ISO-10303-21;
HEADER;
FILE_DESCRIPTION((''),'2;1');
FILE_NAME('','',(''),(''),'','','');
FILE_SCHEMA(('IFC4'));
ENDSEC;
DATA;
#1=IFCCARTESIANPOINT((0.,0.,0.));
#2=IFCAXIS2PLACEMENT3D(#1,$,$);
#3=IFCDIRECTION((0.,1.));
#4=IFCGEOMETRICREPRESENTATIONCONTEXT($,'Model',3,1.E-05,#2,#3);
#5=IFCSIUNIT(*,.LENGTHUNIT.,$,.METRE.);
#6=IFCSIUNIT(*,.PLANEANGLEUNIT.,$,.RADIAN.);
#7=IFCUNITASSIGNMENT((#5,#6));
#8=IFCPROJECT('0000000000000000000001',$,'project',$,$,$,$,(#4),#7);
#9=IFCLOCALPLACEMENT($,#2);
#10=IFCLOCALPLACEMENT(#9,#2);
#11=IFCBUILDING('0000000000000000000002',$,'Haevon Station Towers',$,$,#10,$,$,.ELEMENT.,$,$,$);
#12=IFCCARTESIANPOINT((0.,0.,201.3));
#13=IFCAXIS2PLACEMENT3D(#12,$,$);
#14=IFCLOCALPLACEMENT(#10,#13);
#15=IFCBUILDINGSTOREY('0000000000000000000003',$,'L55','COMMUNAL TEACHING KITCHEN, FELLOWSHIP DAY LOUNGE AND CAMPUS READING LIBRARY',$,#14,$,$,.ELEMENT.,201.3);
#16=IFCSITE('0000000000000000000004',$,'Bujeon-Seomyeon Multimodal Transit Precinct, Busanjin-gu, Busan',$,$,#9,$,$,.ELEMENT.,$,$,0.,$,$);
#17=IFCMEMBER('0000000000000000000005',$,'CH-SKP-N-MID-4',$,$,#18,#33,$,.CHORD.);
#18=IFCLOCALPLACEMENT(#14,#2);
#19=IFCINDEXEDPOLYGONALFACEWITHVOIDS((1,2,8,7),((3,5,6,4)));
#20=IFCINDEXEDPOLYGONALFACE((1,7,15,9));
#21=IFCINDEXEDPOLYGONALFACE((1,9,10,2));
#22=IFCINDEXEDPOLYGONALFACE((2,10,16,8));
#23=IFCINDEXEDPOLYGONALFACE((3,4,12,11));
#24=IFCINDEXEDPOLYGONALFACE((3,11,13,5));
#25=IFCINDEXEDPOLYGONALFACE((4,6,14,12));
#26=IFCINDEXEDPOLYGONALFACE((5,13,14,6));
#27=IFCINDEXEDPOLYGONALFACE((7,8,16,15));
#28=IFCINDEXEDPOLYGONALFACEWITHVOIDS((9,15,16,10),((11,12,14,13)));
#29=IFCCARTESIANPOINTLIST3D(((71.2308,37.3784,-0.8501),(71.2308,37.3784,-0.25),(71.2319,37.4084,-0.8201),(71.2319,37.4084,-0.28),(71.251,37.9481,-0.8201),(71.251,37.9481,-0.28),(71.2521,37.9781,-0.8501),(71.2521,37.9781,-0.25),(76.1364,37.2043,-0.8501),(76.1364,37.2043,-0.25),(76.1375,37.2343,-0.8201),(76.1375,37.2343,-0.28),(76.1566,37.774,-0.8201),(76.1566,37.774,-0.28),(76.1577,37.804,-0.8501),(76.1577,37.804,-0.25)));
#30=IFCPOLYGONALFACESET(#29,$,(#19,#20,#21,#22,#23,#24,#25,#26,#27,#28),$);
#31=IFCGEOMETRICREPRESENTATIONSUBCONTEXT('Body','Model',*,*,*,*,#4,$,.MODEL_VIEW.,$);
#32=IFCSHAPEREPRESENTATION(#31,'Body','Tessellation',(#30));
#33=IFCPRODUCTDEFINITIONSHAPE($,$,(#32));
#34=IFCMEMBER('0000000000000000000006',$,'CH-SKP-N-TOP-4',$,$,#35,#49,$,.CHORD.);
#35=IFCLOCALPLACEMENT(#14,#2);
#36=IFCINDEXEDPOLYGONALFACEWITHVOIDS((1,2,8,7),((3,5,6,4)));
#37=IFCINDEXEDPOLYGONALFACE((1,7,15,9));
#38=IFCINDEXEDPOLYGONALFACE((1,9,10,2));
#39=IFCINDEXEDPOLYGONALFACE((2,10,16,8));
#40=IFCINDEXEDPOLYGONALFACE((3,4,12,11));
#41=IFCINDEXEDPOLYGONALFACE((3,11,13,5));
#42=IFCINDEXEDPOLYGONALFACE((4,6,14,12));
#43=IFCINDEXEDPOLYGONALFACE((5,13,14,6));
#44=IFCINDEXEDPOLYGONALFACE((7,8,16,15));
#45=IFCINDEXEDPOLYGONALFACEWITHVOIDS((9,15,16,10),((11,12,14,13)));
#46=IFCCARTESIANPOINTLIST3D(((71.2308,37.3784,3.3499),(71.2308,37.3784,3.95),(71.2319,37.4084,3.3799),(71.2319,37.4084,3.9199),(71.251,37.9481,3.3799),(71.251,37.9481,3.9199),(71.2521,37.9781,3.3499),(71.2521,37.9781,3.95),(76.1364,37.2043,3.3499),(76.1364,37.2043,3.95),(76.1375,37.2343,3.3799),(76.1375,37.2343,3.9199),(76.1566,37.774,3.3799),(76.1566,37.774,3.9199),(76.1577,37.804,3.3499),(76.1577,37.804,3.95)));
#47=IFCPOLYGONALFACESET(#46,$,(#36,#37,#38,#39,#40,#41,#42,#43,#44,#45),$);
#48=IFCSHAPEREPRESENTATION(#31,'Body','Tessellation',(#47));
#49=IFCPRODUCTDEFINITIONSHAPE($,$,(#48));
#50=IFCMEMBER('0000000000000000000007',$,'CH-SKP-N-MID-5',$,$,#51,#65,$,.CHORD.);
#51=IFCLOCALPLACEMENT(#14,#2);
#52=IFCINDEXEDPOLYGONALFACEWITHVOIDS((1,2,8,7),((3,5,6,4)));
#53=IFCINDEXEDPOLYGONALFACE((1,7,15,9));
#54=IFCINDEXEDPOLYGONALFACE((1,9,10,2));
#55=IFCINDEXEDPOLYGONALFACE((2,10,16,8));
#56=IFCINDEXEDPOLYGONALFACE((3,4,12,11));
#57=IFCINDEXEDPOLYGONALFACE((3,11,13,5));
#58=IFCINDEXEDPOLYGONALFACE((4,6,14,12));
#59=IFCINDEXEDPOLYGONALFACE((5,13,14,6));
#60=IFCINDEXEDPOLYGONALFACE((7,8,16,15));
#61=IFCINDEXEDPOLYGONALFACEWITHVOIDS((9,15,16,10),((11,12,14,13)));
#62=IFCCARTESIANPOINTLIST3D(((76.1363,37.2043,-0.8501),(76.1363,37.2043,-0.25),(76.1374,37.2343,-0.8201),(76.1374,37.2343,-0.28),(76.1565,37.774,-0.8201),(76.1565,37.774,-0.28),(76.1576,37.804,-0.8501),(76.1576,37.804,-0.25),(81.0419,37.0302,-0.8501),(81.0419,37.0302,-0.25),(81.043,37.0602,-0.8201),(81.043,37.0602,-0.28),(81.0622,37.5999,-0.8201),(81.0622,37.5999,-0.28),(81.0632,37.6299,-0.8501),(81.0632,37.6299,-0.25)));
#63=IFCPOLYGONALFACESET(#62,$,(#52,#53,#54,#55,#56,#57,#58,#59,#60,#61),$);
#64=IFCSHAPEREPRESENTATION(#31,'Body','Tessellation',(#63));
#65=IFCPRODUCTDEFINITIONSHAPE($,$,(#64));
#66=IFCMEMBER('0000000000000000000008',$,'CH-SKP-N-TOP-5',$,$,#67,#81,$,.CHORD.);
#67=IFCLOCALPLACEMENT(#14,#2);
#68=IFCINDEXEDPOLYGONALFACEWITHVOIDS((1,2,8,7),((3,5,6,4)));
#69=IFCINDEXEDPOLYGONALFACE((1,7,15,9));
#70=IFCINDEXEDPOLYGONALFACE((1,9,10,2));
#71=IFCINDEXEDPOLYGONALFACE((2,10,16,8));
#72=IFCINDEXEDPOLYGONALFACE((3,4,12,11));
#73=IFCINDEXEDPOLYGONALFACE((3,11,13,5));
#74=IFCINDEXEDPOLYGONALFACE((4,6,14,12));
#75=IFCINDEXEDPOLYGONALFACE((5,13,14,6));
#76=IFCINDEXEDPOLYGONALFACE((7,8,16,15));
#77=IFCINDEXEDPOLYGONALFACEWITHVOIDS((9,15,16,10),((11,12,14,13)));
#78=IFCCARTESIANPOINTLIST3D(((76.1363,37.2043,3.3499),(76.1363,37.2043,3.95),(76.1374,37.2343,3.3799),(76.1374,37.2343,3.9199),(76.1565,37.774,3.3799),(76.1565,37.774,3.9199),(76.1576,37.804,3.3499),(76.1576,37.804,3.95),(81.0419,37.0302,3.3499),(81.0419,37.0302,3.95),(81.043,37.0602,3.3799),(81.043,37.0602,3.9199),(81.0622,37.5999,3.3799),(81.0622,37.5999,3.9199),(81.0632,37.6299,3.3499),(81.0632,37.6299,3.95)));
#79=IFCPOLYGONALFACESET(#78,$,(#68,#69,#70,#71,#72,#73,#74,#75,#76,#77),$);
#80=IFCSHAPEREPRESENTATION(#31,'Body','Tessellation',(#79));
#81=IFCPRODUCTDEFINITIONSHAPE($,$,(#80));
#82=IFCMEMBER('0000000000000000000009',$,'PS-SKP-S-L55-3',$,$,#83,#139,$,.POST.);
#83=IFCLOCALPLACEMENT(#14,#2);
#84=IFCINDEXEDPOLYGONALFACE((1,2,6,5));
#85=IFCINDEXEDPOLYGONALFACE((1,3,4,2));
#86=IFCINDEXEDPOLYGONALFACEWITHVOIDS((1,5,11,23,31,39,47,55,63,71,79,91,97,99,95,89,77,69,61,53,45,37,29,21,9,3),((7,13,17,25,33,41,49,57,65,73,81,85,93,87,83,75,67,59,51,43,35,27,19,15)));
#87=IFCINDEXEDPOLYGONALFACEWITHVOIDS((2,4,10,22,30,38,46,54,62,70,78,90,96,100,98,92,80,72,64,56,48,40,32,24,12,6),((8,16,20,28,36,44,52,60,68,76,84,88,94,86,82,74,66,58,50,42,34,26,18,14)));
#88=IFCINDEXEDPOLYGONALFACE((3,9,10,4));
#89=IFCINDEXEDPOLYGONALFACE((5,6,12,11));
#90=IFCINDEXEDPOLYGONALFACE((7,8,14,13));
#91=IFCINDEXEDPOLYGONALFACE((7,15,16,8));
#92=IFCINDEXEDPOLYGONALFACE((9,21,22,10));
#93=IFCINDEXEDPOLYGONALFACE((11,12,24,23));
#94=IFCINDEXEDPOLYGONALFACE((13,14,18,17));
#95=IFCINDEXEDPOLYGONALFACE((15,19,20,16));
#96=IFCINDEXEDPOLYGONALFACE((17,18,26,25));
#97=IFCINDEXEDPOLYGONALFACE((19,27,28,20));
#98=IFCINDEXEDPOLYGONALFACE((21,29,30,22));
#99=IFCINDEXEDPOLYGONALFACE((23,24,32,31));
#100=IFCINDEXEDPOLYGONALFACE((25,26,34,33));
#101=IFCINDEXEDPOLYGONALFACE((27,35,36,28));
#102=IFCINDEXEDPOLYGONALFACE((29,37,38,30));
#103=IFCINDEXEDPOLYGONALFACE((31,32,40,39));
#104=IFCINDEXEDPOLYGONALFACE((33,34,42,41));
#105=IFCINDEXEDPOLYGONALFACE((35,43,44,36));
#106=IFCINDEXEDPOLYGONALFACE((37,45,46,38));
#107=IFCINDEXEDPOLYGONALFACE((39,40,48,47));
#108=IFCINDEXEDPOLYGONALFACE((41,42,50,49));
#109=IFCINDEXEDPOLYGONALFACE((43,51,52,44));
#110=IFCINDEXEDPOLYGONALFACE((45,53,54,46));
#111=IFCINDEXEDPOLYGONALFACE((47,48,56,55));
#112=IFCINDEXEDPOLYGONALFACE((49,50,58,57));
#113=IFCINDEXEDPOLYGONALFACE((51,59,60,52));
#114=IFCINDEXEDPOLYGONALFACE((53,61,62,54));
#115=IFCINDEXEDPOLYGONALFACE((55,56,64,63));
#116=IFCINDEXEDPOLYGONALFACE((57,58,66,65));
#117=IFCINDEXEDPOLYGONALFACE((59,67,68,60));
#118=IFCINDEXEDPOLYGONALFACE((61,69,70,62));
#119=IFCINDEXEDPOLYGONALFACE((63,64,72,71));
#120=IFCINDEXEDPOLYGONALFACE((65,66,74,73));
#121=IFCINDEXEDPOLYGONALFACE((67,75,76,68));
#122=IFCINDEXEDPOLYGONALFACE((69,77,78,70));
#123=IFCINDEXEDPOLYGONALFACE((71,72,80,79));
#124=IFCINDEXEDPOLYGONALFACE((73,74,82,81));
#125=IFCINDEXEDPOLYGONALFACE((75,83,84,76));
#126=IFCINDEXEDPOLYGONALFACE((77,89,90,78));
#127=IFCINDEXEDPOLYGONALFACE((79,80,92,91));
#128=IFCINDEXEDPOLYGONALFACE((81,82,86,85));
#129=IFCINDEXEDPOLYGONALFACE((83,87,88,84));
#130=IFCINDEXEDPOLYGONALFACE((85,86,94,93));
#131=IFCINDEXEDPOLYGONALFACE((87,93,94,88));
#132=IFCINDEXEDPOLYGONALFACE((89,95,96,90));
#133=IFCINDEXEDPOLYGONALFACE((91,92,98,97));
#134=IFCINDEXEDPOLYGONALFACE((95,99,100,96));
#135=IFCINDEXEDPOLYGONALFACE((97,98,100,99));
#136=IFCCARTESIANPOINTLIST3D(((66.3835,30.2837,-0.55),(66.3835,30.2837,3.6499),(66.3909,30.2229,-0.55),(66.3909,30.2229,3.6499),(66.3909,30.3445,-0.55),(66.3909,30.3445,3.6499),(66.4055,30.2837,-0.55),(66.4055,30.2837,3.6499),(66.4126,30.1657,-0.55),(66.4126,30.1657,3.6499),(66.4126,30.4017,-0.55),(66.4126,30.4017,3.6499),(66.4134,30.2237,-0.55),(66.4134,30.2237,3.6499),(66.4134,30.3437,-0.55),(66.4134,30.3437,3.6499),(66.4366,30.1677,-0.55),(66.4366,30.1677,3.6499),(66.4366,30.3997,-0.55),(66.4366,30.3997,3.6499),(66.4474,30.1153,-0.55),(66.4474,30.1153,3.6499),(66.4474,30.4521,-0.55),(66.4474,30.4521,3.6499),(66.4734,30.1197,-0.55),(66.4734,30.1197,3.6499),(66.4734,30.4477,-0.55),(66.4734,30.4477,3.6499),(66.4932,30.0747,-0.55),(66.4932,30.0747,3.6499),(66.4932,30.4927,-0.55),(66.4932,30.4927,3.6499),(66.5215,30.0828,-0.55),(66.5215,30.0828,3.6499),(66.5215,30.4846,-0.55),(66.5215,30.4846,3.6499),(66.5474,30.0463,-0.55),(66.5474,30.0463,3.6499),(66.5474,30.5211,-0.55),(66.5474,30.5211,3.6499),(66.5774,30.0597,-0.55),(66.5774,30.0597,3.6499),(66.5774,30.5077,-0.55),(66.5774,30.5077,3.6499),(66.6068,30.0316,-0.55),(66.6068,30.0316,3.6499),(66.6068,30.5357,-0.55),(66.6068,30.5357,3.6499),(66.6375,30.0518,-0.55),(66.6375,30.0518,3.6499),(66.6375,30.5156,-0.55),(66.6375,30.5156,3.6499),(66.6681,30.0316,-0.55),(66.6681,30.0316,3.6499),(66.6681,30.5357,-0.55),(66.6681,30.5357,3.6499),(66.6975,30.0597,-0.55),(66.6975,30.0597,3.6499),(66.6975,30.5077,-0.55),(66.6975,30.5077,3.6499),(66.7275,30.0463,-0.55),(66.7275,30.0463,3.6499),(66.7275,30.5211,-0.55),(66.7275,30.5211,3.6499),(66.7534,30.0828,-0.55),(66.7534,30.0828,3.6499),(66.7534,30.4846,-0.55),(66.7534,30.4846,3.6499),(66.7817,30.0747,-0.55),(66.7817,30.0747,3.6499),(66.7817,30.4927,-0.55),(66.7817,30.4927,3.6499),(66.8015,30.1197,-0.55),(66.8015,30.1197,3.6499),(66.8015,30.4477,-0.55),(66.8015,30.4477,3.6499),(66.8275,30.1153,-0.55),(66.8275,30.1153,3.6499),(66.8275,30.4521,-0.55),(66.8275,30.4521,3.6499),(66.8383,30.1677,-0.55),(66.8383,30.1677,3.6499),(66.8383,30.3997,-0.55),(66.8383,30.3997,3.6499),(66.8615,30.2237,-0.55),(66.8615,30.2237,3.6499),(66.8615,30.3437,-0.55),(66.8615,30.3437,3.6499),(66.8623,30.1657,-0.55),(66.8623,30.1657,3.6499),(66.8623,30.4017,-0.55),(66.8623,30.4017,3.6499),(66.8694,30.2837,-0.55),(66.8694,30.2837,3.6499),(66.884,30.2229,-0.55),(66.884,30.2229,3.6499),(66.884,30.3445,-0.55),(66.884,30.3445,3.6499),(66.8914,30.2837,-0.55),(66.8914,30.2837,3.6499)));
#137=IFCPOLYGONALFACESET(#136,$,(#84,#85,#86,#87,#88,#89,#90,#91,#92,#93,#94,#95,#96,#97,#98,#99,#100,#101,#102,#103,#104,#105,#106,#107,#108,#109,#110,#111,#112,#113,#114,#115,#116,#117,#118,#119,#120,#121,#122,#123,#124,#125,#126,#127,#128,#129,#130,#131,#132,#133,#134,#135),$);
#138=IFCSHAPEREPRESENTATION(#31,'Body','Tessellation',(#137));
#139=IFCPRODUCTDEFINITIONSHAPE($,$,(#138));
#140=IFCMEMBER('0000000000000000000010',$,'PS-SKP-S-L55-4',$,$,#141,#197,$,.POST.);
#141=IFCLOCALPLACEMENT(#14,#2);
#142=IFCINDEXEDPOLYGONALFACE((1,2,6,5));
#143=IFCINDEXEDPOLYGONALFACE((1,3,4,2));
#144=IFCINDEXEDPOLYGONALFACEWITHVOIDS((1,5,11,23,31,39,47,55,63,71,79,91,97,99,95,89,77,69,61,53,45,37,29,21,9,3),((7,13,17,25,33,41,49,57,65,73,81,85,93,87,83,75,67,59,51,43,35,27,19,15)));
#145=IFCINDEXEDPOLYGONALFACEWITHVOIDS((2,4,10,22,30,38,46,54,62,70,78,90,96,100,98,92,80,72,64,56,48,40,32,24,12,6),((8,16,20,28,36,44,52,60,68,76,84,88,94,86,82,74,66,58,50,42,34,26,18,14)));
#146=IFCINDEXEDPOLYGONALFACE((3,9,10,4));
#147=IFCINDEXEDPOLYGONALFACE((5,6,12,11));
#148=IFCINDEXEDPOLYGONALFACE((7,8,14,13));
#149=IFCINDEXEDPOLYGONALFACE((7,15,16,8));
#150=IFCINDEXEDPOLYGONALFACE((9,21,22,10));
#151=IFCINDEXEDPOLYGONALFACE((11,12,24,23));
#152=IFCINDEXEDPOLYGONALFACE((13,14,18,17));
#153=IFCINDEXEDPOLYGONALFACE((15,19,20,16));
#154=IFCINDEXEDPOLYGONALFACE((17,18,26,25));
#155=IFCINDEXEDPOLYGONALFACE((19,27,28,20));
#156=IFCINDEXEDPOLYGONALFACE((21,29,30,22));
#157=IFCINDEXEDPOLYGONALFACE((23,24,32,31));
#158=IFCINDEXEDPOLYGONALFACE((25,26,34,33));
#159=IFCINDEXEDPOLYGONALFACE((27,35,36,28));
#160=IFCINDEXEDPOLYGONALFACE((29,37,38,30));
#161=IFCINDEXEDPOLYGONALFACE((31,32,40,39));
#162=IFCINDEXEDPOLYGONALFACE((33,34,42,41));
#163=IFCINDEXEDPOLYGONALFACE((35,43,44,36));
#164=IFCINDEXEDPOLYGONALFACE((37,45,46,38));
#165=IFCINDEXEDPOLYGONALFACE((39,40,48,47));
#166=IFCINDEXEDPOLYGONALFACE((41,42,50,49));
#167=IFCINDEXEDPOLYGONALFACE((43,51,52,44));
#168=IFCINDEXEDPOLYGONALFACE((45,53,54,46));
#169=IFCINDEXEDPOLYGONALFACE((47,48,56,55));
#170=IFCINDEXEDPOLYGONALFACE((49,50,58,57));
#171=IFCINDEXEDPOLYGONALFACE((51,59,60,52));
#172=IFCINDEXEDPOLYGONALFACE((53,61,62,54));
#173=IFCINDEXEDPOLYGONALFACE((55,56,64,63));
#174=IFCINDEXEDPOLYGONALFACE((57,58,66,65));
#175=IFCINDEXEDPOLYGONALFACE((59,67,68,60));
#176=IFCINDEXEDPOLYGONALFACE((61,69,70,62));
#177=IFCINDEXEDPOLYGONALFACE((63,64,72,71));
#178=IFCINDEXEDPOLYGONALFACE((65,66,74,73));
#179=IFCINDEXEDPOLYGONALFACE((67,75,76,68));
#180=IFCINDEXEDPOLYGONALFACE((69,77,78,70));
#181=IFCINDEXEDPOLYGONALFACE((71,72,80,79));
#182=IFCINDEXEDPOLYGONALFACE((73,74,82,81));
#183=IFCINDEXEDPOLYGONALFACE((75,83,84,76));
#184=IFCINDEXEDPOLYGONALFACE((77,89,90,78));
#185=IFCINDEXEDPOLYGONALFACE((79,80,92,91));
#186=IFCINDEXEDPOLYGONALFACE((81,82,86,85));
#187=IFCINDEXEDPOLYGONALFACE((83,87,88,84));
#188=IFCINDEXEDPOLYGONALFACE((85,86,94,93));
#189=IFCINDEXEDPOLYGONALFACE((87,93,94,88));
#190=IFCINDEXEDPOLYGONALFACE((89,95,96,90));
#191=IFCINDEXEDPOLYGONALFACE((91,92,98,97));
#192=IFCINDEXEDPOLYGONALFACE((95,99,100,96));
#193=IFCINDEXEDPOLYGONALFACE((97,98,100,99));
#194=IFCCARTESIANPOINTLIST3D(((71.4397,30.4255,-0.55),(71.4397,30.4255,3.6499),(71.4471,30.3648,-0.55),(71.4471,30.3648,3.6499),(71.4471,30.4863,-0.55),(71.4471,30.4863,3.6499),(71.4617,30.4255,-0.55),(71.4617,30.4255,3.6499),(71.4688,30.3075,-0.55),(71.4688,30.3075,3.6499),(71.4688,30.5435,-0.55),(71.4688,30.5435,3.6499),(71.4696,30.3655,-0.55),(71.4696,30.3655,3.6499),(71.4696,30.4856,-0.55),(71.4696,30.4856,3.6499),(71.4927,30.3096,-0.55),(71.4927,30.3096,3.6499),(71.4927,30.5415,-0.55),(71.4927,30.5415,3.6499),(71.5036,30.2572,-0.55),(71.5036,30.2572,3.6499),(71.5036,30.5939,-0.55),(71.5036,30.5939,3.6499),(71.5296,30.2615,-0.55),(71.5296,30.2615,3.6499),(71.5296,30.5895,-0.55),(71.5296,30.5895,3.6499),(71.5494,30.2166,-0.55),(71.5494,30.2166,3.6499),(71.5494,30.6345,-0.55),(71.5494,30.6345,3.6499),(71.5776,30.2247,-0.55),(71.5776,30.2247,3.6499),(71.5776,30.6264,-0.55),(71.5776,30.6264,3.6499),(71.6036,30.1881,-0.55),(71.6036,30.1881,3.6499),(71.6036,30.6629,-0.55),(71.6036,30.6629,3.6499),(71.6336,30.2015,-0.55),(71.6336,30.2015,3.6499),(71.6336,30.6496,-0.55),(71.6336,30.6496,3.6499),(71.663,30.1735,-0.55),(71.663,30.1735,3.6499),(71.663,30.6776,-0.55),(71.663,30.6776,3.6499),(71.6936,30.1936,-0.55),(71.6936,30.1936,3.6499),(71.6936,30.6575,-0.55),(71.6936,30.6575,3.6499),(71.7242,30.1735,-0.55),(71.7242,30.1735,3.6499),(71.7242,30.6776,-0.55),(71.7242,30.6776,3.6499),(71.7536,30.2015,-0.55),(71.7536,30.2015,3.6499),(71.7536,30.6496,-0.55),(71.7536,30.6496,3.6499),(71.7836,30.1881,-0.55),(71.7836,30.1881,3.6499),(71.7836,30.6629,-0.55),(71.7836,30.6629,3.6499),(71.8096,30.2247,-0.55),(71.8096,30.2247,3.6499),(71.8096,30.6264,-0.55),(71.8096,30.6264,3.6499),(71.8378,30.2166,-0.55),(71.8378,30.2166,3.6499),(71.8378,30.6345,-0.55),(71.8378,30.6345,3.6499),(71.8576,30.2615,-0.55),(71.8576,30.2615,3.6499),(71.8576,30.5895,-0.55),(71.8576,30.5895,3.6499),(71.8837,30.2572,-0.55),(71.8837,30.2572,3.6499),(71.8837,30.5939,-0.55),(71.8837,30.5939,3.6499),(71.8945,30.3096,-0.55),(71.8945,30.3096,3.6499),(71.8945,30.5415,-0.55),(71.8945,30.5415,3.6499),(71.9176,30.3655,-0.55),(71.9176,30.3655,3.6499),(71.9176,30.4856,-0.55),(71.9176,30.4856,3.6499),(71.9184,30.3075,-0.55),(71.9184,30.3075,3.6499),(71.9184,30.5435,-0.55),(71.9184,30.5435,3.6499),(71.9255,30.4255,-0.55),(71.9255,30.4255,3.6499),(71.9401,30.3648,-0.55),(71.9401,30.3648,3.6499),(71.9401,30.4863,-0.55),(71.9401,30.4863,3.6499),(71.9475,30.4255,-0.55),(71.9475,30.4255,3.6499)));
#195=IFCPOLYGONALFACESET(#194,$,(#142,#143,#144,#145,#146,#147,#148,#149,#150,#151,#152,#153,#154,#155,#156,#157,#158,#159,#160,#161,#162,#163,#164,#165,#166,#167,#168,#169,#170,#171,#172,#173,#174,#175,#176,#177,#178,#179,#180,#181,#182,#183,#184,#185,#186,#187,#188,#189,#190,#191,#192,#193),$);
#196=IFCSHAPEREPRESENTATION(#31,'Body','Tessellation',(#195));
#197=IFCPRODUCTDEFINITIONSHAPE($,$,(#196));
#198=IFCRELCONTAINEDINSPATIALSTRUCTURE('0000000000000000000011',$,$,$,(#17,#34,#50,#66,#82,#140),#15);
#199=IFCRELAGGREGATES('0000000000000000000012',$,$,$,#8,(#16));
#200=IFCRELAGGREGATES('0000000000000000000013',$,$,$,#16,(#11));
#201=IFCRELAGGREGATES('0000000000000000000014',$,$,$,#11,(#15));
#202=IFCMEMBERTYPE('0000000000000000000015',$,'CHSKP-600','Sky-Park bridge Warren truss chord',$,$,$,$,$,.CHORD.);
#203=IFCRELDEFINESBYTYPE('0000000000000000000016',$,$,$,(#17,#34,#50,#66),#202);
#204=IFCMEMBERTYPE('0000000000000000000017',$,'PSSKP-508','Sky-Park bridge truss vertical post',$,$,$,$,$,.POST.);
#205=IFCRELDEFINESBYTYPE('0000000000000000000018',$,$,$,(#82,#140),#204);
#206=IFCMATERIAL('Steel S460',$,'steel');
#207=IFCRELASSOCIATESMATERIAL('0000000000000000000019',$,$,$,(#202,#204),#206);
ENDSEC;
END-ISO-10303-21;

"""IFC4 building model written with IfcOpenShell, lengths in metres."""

from ifc_helpers import new_model, si_unit, direction, frame, origin, origin_2d, place, context, subcontext, project, spatial, hollow_rectangle, hollow_circle, extrude, material, material_profile, profile_set, type_object, element, save


model = new_model("IFC4")

# Units and contexts
model_context = context("Model", 3, precision=1e-05, world=origin(), true_north=direction((0.0, 1.0)))
body_context = subcontext(model_context, "Body", "Model", "MODEL_VIEW")
ifc_project = project(units=[si_unit("LENGTHUNIT", "METRE"), si_unit("PLANEANGLEUNIT", "RADIAN")], contexts=[model_context])

# Site, building, storey
site_placement = place(None, origin())
site = spatial("IfcSite", under=ifc_project, at=site_placement, Name="Bujeon-Seomyeon Multimodal Transit Precinct, Busanjin-gu, Busan", CompositionType="ELEMENT", RefElevation=0.0)
building_placement = place(site_placement, origin())
building = spatial("IfcBuilding", under=site, at=building_placement, Name="Haevon Station Towers", CompositionType="ELEMENT")
storey_placement = place(building_placement, frame((0.0, 0.0, 201.3)))
storey = spatial("IfcBuildingStorey", under=building, at=storey_placement, Name="L55", Description="COMMUNAL TEACHING KITCHEN, FELLOWSHIP DAY LOUNGE AND CAMPUS READING LIBRARY", CompositionType="ELEMENT", Elevation=201.3)

# Members
ifc_material_1 = material(Name="Steel S460", Category="steel")
ifc_material_profile_1 = material_profile(ifc_material_1, hollow_rectangle(XDim=0.6001, YDim=0.6001, WallThickness=0.03, at=origin_2d()), Name="RHS-600x600x30")
ifc_profile_set_1 = profile_set([ifc_material_profile_1], Name="Steel S460")
member_type_1 = type_object("IfcMemberType", Name="CHSKP-600", Description="Sky-Park bridge Warren truss chord", PredefinedType="CHORD", material=ifc_profile_set_1)
for number, where, z_axis, x_axis, name in (
    (1, (71.2415, 37.6782, -0.55), (0.999371, -0.035463, 0.0), (0.035463, 0.999371, 0.0), "CH-SKP-N-MID-4"),
    (2, (71.2415, 37.6782, 3.6499), (0.999371, -0.035463, 0.0), (0.035463, 0.999371, 0.0), "CH-SKP-N-TOP-4"),
    (3, (76.147, 37.5042, -0.55), (0.999371, -0.035463, 0.0), (0.035463, 0.999371, 0.0), "CH-SKP-N-MID-5"),
    (4, (76.147, 37.5042, 3.6499), (0.999371, -0.035463, 0.0), (0.035463, 0.999371, 0.0), "CH-SKP-N-TOP-5"),
):
    element("IfcMember", number, at=place(storey_placement, frame(where, z_axis=z_axis, x_axis=x_axis)), inside=storey, type_object=member_type_1, Name=name, PredefinedType="CHORD", context=body_context, shape_type="SweptSolid", body=[
        extrude(hollow_rectangle(XDim=0.6001, YDim=0.6001, WallThickness=0.03, at=origin_2d()), origin(), (0.0, 0.0, 1.0), 4.9087),
    ])
ifc_material_profile_2 = material_profile(ifc_material_1, hollow_circle(Radius=0.2539, WallThickness=0.022, at=origin_2d()), Name="CHS-508x22")
ifc_profile_set_2 = profile_set([ifc_material_profile_2], Name="Steel S460")
member_type_2 = type_object("IfcMemberType", Name="PSSKP-508", Description="Sky-Park bridge truss vertical post", PredefinedType="POST", material=ifc_profile_set_2)
for number, where, z_axis, x_axis, name in (
    (5, (66.6375, 30.2837, -0.55), (0.0, 0.0, 1.0), (1.0, 0.0, 0.0), "PS-SKP-S-L55-3"),
    (6, (71.6936, 30.4255, -0.55), (0.0, 0.0, 1.0), (1.0, 0.0, 0.0), "PS-SKP-S-L55-4"),
):
    element("IfcMember", number, at=place(storey_placement, frame(where, z_axis=z_axis, x_axis=x_axis)), inside=storey, type_object=member_type_2, Name=name, PredefinedType="POST", context=body_context, shape_type="SweptSolid", body=[
        extrude(hollow_circle(Radius=0.2539, WallThickness=0.022, at=origin_2d()), origin(), (0.0, 0.0, 1.0), 4.2),
    ])

save(model, "model.ifc")
